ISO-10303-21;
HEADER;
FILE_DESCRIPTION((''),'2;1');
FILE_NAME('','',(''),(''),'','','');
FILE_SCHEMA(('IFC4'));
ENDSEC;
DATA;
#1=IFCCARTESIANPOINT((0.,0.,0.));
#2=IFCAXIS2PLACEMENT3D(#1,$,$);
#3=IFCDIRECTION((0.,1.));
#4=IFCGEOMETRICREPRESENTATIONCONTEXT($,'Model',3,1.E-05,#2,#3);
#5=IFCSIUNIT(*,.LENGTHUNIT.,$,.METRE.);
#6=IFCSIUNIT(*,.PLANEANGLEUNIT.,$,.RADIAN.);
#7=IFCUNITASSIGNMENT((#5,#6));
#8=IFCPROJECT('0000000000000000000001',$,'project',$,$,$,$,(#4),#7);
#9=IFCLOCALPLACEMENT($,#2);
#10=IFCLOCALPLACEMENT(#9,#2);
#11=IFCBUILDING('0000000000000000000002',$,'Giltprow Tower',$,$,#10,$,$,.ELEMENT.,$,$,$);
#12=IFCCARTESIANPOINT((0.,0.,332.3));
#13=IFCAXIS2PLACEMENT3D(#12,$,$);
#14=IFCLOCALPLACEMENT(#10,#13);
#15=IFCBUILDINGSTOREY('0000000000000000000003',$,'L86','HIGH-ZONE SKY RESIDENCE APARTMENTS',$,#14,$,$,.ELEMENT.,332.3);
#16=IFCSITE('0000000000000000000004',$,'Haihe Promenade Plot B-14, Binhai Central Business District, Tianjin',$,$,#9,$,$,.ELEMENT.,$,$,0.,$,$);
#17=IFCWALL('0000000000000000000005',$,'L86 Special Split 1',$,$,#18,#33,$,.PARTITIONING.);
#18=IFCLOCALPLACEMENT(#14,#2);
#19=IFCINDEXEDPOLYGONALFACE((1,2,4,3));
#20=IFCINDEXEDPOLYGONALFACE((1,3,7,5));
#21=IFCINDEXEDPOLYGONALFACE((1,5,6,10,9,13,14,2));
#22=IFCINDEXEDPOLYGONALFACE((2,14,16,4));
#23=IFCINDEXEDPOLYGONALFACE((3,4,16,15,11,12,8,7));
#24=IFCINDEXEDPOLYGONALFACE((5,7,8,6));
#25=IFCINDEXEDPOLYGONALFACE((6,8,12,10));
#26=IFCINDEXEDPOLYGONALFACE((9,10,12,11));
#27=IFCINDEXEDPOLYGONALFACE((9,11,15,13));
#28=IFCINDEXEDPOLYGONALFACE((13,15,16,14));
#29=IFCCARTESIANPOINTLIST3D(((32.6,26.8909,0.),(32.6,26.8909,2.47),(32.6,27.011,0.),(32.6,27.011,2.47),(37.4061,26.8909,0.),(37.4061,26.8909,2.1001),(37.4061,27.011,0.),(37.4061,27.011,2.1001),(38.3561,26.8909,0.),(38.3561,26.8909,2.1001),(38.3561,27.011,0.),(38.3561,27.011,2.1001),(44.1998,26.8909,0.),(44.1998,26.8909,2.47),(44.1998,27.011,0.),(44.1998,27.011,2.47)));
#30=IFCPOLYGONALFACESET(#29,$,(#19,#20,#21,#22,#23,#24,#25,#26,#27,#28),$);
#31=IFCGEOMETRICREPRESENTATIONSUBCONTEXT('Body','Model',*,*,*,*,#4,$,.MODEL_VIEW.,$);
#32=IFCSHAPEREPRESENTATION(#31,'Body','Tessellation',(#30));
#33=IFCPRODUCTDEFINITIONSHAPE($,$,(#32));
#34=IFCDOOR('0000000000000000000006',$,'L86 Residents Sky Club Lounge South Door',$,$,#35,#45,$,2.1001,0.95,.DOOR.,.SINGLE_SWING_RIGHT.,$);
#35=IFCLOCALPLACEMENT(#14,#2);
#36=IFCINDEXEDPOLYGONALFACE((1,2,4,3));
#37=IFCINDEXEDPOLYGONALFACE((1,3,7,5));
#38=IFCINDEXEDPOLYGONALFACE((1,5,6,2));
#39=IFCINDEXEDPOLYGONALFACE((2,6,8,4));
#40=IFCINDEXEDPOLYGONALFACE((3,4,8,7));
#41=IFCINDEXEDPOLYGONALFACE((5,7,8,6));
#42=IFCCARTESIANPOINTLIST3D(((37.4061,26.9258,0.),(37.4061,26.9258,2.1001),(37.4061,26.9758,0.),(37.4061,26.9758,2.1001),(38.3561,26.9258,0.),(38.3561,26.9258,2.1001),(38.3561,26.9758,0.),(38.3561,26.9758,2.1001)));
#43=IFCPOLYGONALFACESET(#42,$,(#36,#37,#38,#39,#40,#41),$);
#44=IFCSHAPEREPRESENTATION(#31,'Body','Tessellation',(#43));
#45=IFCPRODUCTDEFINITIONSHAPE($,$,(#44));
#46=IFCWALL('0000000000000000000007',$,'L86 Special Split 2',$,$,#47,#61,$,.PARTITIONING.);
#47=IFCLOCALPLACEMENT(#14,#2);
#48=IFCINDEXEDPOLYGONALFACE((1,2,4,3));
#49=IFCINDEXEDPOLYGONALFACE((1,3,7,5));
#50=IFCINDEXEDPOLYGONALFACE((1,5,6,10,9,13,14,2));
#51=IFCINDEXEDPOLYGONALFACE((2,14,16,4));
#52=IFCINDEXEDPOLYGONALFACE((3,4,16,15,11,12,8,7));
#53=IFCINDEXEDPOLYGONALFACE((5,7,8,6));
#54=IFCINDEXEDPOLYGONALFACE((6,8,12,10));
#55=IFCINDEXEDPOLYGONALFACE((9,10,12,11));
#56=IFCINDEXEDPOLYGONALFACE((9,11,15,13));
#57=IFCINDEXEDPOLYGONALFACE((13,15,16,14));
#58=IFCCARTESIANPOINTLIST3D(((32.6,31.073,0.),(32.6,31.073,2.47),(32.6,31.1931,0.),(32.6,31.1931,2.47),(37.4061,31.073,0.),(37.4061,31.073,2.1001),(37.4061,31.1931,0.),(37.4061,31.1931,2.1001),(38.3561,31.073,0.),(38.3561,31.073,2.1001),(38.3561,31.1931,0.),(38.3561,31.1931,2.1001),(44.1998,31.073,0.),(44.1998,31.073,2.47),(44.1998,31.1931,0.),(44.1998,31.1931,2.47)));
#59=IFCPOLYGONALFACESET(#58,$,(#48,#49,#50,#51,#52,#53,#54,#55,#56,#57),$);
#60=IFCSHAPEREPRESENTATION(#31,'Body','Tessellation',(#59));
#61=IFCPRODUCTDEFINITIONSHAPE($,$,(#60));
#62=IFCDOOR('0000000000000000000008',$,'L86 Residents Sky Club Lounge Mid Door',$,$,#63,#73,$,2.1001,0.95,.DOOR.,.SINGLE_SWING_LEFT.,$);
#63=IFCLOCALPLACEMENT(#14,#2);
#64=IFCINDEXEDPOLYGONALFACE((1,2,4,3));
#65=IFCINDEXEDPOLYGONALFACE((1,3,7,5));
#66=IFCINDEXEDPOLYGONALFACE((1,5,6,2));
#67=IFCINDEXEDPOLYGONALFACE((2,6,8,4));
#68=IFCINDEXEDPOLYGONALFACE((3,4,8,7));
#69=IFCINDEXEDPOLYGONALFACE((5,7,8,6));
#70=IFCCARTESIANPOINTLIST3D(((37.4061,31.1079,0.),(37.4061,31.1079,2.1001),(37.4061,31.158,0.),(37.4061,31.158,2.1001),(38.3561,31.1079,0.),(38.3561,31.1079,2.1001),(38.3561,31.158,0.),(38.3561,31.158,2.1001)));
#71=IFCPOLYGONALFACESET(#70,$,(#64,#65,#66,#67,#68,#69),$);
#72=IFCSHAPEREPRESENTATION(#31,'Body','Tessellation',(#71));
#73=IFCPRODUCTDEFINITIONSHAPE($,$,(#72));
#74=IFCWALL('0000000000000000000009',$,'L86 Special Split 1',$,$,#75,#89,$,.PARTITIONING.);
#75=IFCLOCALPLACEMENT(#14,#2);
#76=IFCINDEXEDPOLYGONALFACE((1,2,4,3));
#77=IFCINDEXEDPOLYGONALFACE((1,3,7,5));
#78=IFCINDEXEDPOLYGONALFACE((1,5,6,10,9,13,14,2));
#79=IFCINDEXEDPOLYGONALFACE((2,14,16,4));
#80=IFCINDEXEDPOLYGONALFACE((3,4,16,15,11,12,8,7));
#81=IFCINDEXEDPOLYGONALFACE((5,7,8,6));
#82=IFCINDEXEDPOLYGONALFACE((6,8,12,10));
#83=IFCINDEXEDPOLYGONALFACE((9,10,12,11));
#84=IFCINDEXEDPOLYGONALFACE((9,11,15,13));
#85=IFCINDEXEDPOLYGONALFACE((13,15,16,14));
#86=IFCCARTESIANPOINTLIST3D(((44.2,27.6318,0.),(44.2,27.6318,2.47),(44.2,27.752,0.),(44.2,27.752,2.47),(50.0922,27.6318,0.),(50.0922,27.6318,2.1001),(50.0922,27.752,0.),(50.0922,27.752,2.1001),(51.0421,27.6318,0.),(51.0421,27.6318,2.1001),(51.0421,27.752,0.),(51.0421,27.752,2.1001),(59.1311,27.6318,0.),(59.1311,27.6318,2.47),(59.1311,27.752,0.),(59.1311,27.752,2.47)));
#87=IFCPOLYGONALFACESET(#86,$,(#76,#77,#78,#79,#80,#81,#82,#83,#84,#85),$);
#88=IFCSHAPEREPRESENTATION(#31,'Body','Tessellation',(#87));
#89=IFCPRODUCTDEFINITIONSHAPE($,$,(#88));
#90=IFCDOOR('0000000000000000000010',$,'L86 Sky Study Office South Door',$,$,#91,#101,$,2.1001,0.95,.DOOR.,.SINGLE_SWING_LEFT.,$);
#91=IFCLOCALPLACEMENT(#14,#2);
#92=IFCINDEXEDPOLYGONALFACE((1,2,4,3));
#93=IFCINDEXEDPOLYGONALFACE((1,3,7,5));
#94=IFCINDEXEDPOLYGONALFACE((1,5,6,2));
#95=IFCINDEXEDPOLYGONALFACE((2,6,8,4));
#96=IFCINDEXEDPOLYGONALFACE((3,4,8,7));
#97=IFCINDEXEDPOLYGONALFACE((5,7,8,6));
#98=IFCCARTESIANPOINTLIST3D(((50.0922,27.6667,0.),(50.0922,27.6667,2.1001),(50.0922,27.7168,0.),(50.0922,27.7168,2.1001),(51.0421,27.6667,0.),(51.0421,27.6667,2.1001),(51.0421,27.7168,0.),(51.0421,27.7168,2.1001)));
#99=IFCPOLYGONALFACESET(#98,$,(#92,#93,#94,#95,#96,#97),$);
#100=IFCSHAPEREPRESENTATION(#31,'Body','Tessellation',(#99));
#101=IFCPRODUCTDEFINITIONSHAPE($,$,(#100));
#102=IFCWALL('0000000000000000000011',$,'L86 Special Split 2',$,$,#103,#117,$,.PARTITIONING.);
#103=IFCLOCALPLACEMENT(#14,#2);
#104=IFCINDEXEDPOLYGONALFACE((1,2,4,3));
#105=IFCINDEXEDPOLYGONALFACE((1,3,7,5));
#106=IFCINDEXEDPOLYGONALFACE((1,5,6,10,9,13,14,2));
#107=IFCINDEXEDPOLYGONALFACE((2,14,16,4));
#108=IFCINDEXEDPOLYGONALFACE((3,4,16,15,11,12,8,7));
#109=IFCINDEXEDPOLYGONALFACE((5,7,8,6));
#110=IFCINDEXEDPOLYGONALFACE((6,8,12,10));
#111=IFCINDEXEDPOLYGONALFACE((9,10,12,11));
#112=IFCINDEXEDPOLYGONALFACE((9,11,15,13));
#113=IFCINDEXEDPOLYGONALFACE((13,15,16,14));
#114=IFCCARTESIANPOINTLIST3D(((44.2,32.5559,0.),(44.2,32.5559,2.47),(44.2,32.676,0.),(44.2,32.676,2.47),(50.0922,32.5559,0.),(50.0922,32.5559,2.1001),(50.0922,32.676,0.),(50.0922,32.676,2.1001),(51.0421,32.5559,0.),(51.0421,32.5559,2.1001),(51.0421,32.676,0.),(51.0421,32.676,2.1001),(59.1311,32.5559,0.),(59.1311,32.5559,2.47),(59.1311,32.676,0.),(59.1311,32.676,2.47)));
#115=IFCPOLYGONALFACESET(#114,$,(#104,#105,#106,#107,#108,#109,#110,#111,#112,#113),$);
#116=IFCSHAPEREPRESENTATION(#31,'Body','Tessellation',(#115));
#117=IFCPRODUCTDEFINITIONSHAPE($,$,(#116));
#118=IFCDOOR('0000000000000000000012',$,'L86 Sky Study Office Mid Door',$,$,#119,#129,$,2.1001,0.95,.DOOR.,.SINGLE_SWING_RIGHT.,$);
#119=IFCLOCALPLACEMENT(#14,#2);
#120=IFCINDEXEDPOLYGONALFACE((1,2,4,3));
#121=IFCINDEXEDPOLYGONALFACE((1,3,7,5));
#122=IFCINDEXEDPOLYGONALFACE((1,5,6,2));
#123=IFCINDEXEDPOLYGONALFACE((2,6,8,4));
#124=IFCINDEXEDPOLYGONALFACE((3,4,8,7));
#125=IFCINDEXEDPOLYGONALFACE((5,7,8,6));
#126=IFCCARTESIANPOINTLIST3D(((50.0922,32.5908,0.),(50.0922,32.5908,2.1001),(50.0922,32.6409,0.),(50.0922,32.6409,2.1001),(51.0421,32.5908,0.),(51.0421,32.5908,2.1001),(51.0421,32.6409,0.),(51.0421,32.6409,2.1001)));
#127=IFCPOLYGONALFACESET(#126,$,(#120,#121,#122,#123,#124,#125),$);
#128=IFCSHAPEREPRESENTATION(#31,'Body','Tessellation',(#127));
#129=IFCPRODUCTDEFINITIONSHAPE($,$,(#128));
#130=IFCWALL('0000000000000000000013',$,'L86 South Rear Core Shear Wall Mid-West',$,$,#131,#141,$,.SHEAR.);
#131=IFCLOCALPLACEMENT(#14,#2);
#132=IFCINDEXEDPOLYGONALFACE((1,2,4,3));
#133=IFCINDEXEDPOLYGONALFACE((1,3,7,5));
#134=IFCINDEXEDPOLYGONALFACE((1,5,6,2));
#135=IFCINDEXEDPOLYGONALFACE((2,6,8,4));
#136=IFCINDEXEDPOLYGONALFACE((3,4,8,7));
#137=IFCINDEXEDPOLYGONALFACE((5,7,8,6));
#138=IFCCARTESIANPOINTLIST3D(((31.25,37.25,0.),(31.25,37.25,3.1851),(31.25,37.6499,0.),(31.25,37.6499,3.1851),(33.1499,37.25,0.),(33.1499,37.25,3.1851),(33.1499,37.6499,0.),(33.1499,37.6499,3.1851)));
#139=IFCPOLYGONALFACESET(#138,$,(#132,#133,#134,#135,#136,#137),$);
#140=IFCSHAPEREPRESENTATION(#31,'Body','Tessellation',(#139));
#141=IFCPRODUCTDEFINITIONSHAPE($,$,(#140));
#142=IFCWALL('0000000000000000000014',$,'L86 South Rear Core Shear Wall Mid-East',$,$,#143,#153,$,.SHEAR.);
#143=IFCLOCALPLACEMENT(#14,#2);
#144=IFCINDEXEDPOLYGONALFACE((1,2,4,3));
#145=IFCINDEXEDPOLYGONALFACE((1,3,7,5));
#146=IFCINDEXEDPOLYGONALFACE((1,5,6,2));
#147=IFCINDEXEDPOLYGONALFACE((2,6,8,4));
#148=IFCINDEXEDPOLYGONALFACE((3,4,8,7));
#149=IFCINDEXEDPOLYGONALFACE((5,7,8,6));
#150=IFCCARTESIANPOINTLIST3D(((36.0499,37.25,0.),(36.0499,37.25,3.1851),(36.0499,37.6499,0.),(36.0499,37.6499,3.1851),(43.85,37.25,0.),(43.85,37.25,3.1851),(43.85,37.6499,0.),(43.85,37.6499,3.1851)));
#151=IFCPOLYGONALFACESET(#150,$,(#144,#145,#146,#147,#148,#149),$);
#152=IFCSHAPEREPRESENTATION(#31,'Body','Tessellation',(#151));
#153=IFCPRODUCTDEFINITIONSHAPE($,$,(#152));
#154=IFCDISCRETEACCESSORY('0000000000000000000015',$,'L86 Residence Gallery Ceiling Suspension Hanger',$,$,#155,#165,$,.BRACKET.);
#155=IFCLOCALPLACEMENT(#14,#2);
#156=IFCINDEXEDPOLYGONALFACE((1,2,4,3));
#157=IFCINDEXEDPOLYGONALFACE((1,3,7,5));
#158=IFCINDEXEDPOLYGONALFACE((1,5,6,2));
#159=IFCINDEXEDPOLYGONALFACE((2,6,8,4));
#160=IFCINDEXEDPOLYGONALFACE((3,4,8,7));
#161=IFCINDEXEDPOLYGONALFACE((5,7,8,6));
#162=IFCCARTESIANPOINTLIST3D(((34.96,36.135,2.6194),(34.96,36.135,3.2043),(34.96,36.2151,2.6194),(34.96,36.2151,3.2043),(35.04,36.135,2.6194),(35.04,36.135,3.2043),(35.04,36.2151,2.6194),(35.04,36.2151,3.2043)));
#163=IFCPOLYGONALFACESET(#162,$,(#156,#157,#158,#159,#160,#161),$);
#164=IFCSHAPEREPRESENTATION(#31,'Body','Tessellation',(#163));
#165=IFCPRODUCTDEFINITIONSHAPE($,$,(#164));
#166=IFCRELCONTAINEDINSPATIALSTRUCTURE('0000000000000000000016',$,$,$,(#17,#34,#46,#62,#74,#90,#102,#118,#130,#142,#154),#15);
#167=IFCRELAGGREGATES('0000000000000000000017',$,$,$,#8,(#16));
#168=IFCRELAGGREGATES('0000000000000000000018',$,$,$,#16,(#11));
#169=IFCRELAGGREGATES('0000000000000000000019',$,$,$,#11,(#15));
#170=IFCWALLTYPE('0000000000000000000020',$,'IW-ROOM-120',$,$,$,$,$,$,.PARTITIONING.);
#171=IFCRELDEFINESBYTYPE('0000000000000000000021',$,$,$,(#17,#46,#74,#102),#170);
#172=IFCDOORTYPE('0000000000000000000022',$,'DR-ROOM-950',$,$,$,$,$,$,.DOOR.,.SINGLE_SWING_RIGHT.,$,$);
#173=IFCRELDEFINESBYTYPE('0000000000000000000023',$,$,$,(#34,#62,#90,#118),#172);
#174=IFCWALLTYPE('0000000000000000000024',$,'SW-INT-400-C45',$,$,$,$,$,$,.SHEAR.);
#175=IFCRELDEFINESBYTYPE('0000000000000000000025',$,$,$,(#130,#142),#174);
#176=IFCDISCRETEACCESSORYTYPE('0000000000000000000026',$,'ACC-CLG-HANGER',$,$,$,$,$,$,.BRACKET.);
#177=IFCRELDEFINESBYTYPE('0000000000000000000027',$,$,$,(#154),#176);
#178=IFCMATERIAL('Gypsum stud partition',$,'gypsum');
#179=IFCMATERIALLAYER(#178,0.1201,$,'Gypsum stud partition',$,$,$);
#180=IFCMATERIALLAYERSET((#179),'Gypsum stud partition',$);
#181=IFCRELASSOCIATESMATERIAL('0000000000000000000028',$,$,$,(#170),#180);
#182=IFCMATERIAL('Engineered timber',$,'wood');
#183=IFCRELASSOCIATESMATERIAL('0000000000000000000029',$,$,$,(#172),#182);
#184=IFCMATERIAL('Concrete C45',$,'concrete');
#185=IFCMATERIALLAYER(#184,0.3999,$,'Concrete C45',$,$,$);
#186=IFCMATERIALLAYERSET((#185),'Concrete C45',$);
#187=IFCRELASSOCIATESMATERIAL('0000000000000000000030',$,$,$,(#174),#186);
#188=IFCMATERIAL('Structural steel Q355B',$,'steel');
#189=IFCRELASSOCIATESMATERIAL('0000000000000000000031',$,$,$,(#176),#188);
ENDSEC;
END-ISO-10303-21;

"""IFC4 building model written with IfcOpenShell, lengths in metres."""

from ifc_helpers import new_model, si_unit, direction, frame, frame_2d, origin, origin_2d, place, context, subcontext, project, spatial, rectangle, extrude, source, transform, mapped, material, layer, layer_set, type_object, element, fill, save


model = new_model("IFC4")

# Units and contexts
model_context = context("Model", 3, precision=1e-05, world=origin(), true_north=direction((0.0, 1.0)))
body_context = subcontext(model_context, "Body", "Model", "MODEL_VIEW")
ifc_project = project(units=[si_unit("LENGTHUNIT", "METRE"), si_unit("PLANEANGLEUNIT", "RADIAN")], contexts=[model_context])

# Site, building, storey
site_placement = place(None, origin())
site = spatial("IfcSite", under=ifc_project, at=site_placement, Name="Haihe Promenade Plot B-14, Binhai Central Business District, Tianjin", CompositionType="ELEMENT", RefElevation=0.0)
building_placement = place(site_placement, origin())
building = spatial("IfcBuilding", under=site, at=building_placement, Name="Giltprow Tower", CompositionType="ELEMENT")
storey_placement = place(building_placement, frame((0.0, 0.0, 332.3)))
storey = spatial("IfcBuildingStorey", under=building, at=storey_placement, Name="L86", Description="HIGH-ZONE SKY RESIDENCE APARTMENTS", CompositionType="ELEMENT", Elevation=332.3)

# Shared definitions
ifc_material_1 = material(Name="Concrete C45", Category="concrete")

# Shared definitions
ifc_material_2 = material(Name="Structural steel Q355B", Category="steel")

# Walls, openings, doors
ifc_material_3 = material(Name="Gypsum stud partition", Category="gypsum")
ifc_layer_1 = layer(ifc_material_3, 0.1201, Name="Gypsum stud partition")
ifc_layer_set_1 = layer_set([ifc_layer_1], Name="Gypsum stud partition")
wall_type_1 = type_object("IfcWallType", Name="IW-ROOM-120", PredefinedType="PARTITIONING", material=ifc_layer_set_1)
wall_1_placement = place(storey_placement, frame((32.6001, 26.9509, 0.0), z_axis=(0.0, 0.0, 1.0), x_axis=(1.0, 0.0, 0.0)))
wall_1 = element("IfcWall", 1, at=wall_1_placement, inside=storey, type_object=wall_type_1, Name="L86 Special Split 1", PredefinedType="PARTITIONING", context=body_context, shape_type="SweptSolid", body=[
    extrude(rectangle(XDim=11.5999, YDim=0.1201, at=frame_2d((5.7998, 0.0))), origin(), (0.0, 0.0, 1.0), 2.47),
])
opening_1_placement = place(wall_1_placement, frame((4.8059, 0.0, 0.0)))
opening_1 = element("IfcOpeningElement", 2, at=opening_1_placement, cuts=wall_1, PredefinedType="OPENING", context=body_context, shape_type="SweptSolid", body=[
    extrude(rectangle(XDim=0.95, YDim=2.1001, at=frame_2d((0.4751, 1.05))), frame((0.0, 0.0701, 0.0), z_axis=(0.0, -1.0, 0.0), x_axis=(1.0, 0.0, 0.0)), (0.0, 0.0, 1.0), 0.1401),
])
ifc_material_4 = material(Name="Engineered timber", Category="wood")
door_type_1 = type_object("IfcDoorType", Name="DR-ROOM-950", OperationType="SINGLE_SWING_RIGHT", PredefinedType="DOOR", material=ifc_material_4)
shared_shape_1 = source(origin(), body_context, "Body", "SweptSolid", [
    extrude(rectangle(XDim=0.95, YDim=2.1001, at=frame_2d((0.4751, 1.05))), frame((0.0, 0.0249, 0.0), z_axis=(0.0, -1.0, 0.0), x_axis=(1.0, 0.0, 0.0)), (0.0, 0.0, 1.0), 0.05),
])
door_1_placement = place(opening_1_placement, origin())
door_1 = element("IfcDoor", 3, at=door_1_placement, inside=storey, type_object=door_type_1, Name="L86 Residents Sky Club Lounge South Door", OperationType="SINGLE_SWING_RIGHT", OverallHeight=2.1001, OverallWidth=0.95, PredefinedType="DOOR", context=body_context, shape_type="MappedRepresentation", body=[
    mapped(shared_shape_1, transform((0.0, 0.0, 0.0), x_axis=(1.0, 0.0, 0.0), y_axis=(0.0, 1.0, 0.0), z_axis=(0.0, 0.0, 1.0), scale=1.0)),
])
fill(opening_1, door_1)
wall_2_placement = place(storey_placement, frame((32.6001, 31.1331, 0.0), z_axis=(0.0, 0.0, 1.0), x_axis=(1.0, 0.0, 0.0)))
wall_2 = element("IfcWall", 4, at=wall_2_placement, inside=storey, type_object=wall_type_1, Name="L86 Special Split 2", PredefinedType="PARTITIONING", context=body_context, shape_type="SweptSolid", body=[
    extrude(rectangle(XDim=11.5999, YDim=0.1201, at=frame_2d((5.7998, 0.0))), origin(), (0.0, 0.0, 1.0), 2.47),
])
opening_2_placement = place(wall_2_placement, frame((4.8059, 0.0, 0.0)))
opening_2 = element("IfcOpeningElement", 5, at=opening_2_placement, cuts=wall_2, PredefinedType="OPENING", context=body_context, shape_type="SweptSolid", body=[
    extrude(rectangle(XDim=0.95, YDim=2.1001, at=frame_2d((0.4751, 1.05))), frame((0.0, 0.0701, 0.0), z_axis=(0.0, -1.0, 0.0), x_axis=(1.0, 0.0, 0.0)), (0.0, 0.0, 1.0), 0.1401),
])
door_2_placement = place(opening_2_placement, origin())
door_2 = element("IfcDoor", 6, at=door_2_placement, inside=storey, type_object=door_type_1, Name="L86 Residents Sky Club Lounge Mid Door", OperationType="SINGLE_SWING_LEFT", OverallHeight=2.1001, OverallWidth=0.95, PredefinedType="DOOR", context=body_context, shape_type="MappedRepresentation", body=[
    mapped(shared_shape_1, transform((0.0, 0.0, 0.0), x_axis=(1.0, 0.0, 0.0), y_axis=(0.0, 1.0, 0.0), z_axis=(0.0, 0.0, 1.0), scale=1.0)),
])
fill(opening_2, door_2)
wall_3_placement = place(storey_placement, frame((44.2, 27.6919, 0.0), z_axis=(0.0, 0.0, 1.0), x_axis=(1.0, 0.0, 0.0)))
wall_3 = element("IfcWall", 7, at=wall_3_placement, inside=storey, type_object=wall_type_1, Name="L86 Special Split 1", PredefinedType="PARTITIONING", context=body_context, shape_type="SweptSolid", body=[
    extrude(rectangle(XDim=14.9312, YDim=0.1201, at=frame_2d((7.4656, 0.0))), origin(), (0.0, 0.0, 1.0), 2.47),
])
opening_3_placement = place(wall_3_placement, frame((5.8921, 0.0, 0.0)))
opening_3 = element("IfcOpeningElement", 8, at=opening_3_placement, cuts=wall_3, PredefinedType="OPENING", context=body_context, shape_type="SweptSolid", body=[
    extrude(rectangle(XDim=0.95, YDim=2.1001, at=frame_2d((0.4751, 1.05))), frame((0.0, 0.0701, 0.0), z_axis=(0.0, -1.0, 0.0), x_axis=(1.0, 0.0, 0.0)), (0.0, 0.0, 1.0), 0.1401),
])
door_3_placement = place(opening_3_placement, origin())
door_3 = element("IfcDoor", 9, at=door_3_placement, inside=storey, type_object=door_type_1, Name="L86 Sky Study Office South Door", OperationType="SINGLE_SWING_LEFT", OverallHeight=2.1001, OverallWidth=0.95, PredefinedType="DOOR", context=body_context, shape_type="MappedRepresentation", body=[
    mapped(shared_shape_1, transform((0.0, 0.0, 0.0), x_axis=(1.0, 0.0, 0.0), y_axis=(0.0, 1.0, 0.0), z_axis=(0.0, 0.0, 1.0), scale=1.0)),
])
fill(opening_3, door_3)
wall_4_placement = place(storey_placement, frame((44.2, 32.616, 0.0), z_axis=(0.0, 0.0, 1.0), x_axis=(1.0, 0.0, 0.0)))
wall_4 = element("IfcWall", 10, at=wall_4_placement, inside=storey, type_object=wall_type_1, Name="L86 Special Split 2", PredefinedType="PARTITIONING", context=body_context, shape_type="SweptSolid", body=[
    extrude(rectangle(XDim=14.9312, YDim=0.1201, at=frame_2d((7.4656, 0.0))), origin(), (0.0, 0.0, 1.0), 2.47),
])
opening_4_placement = place(wall_4_placement, frame((5.8921, 0.0, 0.0)))
opening_4 = element("IfcOpeningElement", 11, at=opening_4_placement, cuts=wall_4, PredefinedType="OPENING", context=body_context, shape_type="SweptSolid", body=[
    extrude(rectangle(XDim=0.95, YDim=2.1001, at=frame_2d((0.4751, 1.05))), frame((0.0, 0.0701, 0.0), z_axis=(0.0, -1.0, 0.0), x_axis=(1.0, 0.0, 0.0)), (0.0, 0.0, 1.0), 0.1401),
])
door_4_placement = place(opening_4_placement, origin())
door_4 = element("IfcDoor", 12, at=door_4_placement, inside=storey, type_object=door_type_1, Name="L86 Sky Study Office Mid Door", OperationType="SINGLE_SWING_RIGHT", OverallHeight=2.1001, OverallWidth=0.95, PredefinedType="DOOR", context=body_context, shape_type="MappedRepresentation", body=[
    mapped(shared_shape_1, transform((0.0, 0.0, 0.0), x_axis=(1.0, 0.0, 0.0), y_axis=(0.0, 1.0, 0.0), z_axis=(0.0, 0.0, 1.0), scale=1.0)),
])
fill(opening_4, door_4)

# Walls
ifc_layer_2 = layer(ifc_material_1, 0.3999, Name="Concrete C45")
ifc_layer_set_2 = layer_set([ifc_layer_2], Name="Concrete C45")
wall_type_2 = type_object("IfcWallType", Name="SW-INT-400-C45", PredefinedType="SHEAR", material=ifc_layer_set_2)
wall_5_placement = place(storey_placement, frame((31.25, 37.45, 0.0), z_axis=(0.0, 0.0, 1.0), x_axis=(1.0, 0.0, 0.0)))
element("IfcWall", 13, at=wall_5_placement, inside=storey, type_object=wall_type_2, Name="L86 South Rear Core Shear Wall Mid-West", PredefinedType="SHEAR", context=body_context, shape_type="SweptSolid", body=[
    extrude(rectangle(XDim=1.8999, YDim=0.3999, at=frame_2d((0.95, 0.0))), origin(), (0.0, 0.0, 1.0), 3.1851),
])
wall_6_placement = place(storey_placement, frame((36.05, 37.45, 0.0), z_axis=(0.0, 0.0, 1.0), x_axis=(1.0, 0.0, 0.0)))
element("IfcWall", 14, at=wall_6_placement, inside=storey, type_object=wall_type_2, Name="L86 South Rear Core Shear Wall Mid-East", PredefinedType="SHEAR", context=body_context, shape_type="SweptSolid", body=[
    extrude(rectangle(XDim=7.8, YDim=0.3999, at=frame_2d((3.8999, 0.0))), origin(), (0.0, 0.0, 1.0), 3.1851),
])

# Discrete accessory
discrete_accessory_type = type_object("IfcDiscreteAccessoryType", Name="ACC-CLG-HANGER", PredefinedType="BRACKET", material=ifc_material_2)
shared_shape_2 = source(origin(), body_context, "Body", "SweptSolid", [
    extrude(rectangle(XDim=0.0801, YDim=0.0801, at=origin_2d()), origin(), (0.0, 0.0, 1.0), 0.585),
])
discrete_accessory_placement = place(storey_placement, frame((35.0, 36.175, 2.6194), z_axis=(0.0, 0.0, 1.0), x_axis=(1.0, 0.0, 0.0)))
element("IfcDiscreteAccessory", 15, at=discrete_accessory_placement, inside=storey, type_object=discrete_accessory_type, Name="L86 Residence Gallery Ceiling Suspension Hanger", PredefinedType="BRACKET", context=body_context, shape_type="MappedRepresentation", body=[
    mapped(shared_shape_2, transform((0.0, 0.0, 0.0), x_axis=(1.0, 0.0, 0.0), y_axis=(0.0, 1.0, 0.0), z_axis=(0.0, 0.0, 1.0), scale=1.0)),
])

save(model, "model.ifc")
